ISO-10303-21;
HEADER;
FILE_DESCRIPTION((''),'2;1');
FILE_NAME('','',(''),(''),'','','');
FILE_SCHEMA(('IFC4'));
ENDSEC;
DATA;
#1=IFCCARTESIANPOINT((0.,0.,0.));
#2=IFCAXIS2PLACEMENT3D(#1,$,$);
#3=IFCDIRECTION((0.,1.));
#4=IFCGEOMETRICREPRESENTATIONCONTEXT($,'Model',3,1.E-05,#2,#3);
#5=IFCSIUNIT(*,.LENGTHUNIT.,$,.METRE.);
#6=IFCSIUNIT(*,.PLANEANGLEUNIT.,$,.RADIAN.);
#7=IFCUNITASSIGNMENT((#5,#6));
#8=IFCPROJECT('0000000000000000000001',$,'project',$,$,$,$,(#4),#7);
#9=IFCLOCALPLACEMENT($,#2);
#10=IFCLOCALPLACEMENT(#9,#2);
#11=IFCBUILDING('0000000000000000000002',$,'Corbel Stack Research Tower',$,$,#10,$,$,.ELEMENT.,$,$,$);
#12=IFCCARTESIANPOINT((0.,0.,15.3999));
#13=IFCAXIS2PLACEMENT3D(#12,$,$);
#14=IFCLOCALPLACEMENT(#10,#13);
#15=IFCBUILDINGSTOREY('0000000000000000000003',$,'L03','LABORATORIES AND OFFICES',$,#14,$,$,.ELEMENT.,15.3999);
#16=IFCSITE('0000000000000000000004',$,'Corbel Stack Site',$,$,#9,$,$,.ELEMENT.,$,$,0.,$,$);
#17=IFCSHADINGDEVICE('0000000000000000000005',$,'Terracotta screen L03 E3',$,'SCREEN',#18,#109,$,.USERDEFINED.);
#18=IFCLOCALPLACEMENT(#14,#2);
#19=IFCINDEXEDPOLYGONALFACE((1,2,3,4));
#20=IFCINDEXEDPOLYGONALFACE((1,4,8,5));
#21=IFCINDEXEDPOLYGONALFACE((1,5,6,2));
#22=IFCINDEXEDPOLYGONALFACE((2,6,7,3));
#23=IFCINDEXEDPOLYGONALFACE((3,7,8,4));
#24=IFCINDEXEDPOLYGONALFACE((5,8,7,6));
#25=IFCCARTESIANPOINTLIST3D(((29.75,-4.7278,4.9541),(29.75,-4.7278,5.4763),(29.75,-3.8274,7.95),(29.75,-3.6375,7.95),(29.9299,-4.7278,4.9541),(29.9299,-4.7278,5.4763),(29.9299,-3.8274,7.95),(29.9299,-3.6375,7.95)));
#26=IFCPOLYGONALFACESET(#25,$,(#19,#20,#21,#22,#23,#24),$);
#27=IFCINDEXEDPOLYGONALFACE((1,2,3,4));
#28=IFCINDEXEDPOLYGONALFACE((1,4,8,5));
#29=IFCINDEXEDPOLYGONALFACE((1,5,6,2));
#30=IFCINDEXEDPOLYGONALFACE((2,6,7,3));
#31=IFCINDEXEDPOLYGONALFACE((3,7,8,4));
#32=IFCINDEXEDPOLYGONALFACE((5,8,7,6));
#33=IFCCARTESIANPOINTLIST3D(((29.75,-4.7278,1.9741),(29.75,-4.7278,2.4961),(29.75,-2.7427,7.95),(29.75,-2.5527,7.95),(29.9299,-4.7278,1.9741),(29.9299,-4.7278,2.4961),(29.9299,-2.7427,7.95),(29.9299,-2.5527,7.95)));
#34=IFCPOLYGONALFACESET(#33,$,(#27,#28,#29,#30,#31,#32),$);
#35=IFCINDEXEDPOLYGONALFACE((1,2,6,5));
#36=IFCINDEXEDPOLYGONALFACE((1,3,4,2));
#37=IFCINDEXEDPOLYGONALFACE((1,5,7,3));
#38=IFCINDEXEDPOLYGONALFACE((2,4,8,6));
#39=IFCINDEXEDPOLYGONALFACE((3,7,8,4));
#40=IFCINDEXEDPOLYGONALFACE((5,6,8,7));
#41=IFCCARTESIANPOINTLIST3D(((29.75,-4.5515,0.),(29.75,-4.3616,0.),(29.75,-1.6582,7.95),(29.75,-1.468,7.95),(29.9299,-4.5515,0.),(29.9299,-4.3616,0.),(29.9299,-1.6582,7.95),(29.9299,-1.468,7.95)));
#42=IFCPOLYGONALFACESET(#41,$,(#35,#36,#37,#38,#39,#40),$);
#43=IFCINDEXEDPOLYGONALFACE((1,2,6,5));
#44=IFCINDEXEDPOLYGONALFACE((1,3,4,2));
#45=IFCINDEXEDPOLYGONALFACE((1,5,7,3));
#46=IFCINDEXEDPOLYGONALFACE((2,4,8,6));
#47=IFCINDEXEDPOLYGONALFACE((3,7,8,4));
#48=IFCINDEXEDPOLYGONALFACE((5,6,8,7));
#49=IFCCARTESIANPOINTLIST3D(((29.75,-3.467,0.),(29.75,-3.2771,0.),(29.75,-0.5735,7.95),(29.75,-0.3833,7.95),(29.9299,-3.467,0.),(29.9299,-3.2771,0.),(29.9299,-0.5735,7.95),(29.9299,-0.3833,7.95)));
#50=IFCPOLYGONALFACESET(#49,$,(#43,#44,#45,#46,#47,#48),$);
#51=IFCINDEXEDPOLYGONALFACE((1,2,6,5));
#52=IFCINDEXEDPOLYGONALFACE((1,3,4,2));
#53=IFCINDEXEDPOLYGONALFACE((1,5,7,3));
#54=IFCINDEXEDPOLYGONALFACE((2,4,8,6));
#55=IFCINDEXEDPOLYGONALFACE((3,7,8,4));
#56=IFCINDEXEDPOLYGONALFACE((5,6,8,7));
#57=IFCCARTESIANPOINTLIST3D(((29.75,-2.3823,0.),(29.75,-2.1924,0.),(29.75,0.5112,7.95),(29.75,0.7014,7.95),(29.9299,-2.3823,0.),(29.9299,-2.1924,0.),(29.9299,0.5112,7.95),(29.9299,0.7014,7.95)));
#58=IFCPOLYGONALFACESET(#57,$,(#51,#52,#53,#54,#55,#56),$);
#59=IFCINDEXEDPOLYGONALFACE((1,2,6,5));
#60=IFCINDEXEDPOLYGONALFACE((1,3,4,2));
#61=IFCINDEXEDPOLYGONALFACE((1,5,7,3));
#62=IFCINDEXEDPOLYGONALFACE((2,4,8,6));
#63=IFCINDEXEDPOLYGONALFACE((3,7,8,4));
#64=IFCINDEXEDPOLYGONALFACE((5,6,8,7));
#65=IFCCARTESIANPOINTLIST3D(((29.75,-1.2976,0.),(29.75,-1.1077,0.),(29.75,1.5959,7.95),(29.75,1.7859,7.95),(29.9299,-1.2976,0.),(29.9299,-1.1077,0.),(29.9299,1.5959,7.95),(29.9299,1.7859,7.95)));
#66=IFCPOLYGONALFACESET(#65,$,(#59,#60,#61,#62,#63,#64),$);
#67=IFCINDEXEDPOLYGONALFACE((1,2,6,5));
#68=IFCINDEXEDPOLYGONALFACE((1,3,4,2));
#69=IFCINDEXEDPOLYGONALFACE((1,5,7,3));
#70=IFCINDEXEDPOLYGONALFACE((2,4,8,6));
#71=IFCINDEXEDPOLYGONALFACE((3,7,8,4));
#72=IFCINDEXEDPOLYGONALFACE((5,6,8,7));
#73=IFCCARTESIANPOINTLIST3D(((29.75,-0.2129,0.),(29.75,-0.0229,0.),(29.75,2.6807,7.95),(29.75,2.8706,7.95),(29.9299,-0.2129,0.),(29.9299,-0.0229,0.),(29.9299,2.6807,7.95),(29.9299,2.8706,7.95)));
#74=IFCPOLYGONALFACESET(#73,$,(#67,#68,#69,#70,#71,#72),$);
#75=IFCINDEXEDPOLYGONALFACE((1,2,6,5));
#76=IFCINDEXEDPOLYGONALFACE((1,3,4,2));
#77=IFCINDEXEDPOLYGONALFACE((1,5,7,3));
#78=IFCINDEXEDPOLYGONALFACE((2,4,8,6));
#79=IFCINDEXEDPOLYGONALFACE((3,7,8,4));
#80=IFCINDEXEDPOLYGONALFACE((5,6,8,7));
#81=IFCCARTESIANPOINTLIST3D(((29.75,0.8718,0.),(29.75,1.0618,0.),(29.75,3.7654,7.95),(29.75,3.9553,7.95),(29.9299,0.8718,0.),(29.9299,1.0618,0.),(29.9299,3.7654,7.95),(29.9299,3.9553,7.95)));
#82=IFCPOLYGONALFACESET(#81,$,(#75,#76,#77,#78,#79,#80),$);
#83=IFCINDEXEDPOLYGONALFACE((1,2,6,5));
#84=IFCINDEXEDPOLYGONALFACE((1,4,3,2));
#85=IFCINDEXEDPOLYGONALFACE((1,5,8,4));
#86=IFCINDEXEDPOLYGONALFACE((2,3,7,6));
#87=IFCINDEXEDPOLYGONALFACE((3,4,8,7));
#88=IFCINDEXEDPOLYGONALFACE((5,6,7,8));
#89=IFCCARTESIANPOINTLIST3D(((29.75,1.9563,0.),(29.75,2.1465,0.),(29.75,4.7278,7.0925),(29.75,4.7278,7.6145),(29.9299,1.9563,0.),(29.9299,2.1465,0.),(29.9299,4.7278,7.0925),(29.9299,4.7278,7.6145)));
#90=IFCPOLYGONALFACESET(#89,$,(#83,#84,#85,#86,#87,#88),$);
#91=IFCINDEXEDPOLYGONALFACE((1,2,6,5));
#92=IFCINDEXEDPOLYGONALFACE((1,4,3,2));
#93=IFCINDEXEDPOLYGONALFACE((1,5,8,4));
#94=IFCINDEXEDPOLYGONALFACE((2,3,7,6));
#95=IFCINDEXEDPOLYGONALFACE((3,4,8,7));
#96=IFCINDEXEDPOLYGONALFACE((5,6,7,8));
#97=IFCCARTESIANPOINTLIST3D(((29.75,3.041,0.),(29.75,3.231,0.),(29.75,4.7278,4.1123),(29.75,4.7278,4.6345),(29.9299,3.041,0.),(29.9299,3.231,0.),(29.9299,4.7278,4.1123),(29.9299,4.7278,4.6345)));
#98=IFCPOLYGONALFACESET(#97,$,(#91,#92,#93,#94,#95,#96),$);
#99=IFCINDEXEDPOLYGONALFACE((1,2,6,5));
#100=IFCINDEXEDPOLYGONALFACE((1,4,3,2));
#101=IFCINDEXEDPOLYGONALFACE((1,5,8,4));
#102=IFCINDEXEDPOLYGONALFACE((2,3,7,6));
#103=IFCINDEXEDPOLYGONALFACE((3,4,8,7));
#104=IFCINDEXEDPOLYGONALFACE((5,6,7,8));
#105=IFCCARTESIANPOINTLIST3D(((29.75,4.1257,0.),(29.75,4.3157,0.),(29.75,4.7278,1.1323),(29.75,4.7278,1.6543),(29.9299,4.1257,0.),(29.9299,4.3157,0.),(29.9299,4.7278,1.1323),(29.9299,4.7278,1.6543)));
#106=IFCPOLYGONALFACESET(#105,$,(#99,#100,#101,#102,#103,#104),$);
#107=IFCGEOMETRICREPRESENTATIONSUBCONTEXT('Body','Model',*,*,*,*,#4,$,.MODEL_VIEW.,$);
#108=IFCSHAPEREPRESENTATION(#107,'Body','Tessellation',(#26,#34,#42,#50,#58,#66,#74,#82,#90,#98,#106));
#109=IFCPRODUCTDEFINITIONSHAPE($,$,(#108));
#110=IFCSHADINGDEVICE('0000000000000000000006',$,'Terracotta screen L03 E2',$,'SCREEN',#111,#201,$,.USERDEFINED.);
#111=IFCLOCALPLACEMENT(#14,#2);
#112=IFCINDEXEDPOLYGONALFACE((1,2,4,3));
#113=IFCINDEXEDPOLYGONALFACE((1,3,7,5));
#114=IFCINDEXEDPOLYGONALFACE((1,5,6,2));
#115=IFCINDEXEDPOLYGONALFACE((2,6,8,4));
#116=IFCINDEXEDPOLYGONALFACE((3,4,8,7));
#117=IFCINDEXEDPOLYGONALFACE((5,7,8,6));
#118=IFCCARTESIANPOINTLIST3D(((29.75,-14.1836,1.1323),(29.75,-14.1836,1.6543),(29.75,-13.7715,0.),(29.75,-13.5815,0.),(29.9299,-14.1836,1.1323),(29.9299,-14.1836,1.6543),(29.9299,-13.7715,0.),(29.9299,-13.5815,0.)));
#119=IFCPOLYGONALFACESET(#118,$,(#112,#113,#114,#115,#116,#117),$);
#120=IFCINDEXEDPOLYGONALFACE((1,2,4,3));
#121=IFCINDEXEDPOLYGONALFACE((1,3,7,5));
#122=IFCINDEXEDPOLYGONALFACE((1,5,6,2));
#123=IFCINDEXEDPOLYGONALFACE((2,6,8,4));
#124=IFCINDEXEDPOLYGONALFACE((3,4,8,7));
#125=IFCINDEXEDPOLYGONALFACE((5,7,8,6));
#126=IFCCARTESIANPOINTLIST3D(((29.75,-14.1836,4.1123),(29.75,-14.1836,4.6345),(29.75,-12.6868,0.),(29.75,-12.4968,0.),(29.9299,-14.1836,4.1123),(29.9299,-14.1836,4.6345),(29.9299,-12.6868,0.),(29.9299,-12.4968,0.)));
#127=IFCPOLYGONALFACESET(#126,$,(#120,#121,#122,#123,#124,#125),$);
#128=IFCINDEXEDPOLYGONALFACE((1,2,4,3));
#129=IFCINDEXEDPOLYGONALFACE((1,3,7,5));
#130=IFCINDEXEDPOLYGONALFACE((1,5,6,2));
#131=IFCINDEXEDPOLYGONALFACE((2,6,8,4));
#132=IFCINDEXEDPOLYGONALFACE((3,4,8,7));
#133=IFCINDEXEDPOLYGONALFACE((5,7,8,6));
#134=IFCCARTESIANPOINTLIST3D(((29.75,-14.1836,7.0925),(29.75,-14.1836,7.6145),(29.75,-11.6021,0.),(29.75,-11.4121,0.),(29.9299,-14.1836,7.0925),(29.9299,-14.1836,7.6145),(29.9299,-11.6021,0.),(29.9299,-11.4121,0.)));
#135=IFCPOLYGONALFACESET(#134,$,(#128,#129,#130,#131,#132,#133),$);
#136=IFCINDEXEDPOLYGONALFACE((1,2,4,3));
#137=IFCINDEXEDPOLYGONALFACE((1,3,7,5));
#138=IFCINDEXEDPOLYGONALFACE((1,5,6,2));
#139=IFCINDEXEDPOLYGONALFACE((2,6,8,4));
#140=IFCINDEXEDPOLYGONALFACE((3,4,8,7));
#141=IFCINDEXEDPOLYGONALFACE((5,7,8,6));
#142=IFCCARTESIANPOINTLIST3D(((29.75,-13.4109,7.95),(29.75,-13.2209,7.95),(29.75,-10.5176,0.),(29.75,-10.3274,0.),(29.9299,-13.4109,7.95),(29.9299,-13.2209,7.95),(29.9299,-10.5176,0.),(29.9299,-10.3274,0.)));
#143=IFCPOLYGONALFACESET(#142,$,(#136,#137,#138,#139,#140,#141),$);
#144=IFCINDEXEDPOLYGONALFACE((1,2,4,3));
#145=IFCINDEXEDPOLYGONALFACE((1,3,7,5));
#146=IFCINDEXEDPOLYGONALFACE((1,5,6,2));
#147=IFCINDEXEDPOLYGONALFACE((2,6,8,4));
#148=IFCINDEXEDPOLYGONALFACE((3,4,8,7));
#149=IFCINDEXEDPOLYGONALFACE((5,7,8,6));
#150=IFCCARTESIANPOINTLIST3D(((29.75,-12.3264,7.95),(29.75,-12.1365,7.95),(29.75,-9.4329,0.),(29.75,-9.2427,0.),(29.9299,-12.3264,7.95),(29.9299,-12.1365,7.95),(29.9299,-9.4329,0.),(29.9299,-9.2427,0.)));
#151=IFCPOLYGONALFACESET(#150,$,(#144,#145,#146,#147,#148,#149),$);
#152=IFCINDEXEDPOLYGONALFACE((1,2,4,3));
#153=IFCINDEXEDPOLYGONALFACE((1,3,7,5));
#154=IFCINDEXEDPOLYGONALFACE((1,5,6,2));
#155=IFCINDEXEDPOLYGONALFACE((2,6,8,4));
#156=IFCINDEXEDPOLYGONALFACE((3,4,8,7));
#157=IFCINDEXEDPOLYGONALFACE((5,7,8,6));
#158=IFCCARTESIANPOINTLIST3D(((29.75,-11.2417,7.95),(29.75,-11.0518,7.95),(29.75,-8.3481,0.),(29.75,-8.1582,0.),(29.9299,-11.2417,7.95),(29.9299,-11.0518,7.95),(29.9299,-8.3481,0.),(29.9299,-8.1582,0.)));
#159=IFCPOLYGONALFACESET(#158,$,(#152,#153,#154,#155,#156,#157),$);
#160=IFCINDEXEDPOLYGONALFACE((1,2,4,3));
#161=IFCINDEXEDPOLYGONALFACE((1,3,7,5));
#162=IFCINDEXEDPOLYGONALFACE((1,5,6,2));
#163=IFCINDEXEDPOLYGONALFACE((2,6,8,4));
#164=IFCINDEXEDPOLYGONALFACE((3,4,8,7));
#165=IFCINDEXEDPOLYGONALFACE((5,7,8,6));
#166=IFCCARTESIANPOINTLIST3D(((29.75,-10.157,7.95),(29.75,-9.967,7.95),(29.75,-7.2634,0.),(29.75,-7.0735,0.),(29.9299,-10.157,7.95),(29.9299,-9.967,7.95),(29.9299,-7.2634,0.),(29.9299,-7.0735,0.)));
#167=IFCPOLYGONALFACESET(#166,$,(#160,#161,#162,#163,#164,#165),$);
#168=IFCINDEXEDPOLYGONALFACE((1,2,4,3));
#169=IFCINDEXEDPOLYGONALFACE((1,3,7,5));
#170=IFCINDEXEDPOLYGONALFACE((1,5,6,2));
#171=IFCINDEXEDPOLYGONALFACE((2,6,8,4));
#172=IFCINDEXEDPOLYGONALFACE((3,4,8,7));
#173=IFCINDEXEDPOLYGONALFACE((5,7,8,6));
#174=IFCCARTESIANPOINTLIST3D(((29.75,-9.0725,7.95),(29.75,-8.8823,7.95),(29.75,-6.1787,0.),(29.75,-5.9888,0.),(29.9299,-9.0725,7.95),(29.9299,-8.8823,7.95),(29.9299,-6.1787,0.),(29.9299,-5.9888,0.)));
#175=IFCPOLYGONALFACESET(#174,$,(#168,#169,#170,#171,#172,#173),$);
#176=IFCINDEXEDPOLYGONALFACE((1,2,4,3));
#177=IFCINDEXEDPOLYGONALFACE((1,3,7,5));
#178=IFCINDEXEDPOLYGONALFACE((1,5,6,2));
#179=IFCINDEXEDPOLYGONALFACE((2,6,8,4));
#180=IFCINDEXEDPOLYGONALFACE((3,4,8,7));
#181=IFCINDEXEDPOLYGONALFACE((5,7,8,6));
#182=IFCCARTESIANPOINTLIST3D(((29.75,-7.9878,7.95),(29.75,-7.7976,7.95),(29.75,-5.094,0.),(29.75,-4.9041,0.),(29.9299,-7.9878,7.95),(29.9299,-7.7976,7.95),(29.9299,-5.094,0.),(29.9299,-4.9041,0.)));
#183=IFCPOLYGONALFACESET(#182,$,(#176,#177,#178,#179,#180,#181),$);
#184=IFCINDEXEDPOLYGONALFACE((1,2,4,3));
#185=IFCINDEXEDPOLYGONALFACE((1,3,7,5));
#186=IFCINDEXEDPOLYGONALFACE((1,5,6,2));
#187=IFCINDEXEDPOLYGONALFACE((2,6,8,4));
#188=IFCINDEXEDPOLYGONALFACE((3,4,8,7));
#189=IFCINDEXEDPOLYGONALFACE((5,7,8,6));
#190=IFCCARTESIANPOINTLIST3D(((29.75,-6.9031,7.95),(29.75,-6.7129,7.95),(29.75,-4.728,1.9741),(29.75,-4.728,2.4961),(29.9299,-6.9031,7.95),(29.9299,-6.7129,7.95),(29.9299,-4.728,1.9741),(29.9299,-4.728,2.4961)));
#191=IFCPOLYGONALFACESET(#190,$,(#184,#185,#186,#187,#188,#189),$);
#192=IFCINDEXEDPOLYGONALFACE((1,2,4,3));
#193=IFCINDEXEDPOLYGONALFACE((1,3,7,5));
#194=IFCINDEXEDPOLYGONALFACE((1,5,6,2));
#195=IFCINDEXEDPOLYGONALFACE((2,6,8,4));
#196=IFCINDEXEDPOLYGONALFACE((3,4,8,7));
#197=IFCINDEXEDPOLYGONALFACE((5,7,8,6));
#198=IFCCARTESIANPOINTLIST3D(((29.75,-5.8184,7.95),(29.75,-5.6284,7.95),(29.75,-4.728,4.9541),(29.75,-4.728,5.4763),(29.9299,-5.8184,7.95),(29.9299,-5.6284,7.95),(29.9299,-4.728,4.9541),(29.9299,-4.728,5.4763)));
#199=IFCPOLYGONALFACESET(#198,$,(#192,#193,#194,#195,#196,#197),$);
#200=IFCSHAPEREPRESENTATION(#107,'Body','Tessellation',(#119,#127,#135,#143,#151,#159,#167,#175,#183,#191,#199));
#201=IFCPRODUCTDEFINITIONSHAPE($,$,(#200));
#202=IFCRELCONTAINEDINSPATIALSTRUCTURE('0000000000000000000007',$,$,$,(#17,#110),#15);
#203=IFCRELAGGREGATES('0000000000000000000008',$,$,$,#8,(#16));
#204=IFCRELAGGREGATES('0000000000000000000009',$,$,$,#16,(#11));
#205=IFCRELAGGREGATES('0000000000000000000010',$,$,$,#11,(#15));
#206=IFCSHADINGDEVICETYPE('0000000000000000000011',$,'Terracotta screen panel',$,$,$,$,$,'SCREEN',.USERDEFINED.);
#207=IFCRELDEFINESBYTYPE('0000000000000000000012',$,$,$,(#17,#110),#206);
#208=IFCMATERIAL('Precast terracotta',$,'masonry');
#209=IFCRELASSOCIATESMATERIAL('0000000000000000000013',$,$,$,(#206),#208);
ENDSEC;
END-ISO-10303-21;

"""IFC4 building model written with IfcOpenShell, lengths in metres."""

from ifc_helpers import new_model, si_unit, direction, frame, origin, place, context, subcontext, project, spatial, polyline, outline, extrude, source, transform, mapped, material, type_object, element, save


model = new_model("IFC4")

# Units and contexts
model_context = context("Model", 3, precision=1e-05, world=origin(), true_north=direction((0.0, 1.0)))
body_context = subcontext(model_context, "Body", "Model", "MODEL_VIEW")
ifc_project = project(units=[si_unit("LENGTHUNIT", "METRE"), si_unit("PLANEANGLEUNIT", "RADIAN")], contexts=[model_context])

# Site, building, storey
site_placement = place(None, origin())
site = spatial("IfcSite", under=ifc_project, at=site_placement, Name="Corbel Stack Site", CompositionType="ELEMENT", RefElevation=0.0)
building_placement = place(site_placement, origin())
building = spatial("IfcBuilding", under=site, at=building_placement, Name="Corbel Stack Research Tower", CompositionType="ELEMENT")
storey_placement = place(building_placement, frame((0.0, 0.0, 15.3999)))
storey = spatial("IfcBuildingStorey", under=building, at=storey_placement, Name="L03", Description="LABORATORIES AND OFFICES", CompositionType="ELEMENT", Elevation=15.3999)

# Shading devices
ifc_material_1 = material(Name="Precast terracotta", Category="masonry")
shading_device_type = type_object("IfcShadingDeviceType", Name="Terracotta screen panel", ElementType="SCREEN", PredefinedType="USERDEFINED", material=ifc_material_1)
shared_shape_1 = source(origin(), body_context, "Body", "SweptSolid", [
    extrude(outline(polyline([(1.0903, 7.95), (0.9004, 7.95), (0.0, 5.4763), (0.0, 4.9541), (1.0903, 7.95)])), frame((0.0, 0.0, 0.0), z_axis=(0.0, -1.0, 0.0), x_axis=(1.0, 0.0, 0.0)), (0.0, 0.0, 1.0), 0.1799),
    extrude(outline(polyline([(2.175, 7.95), (1.9851, 7.95), (0.0, 2.4961), (0.0, 1.9741), (2.175, 7.95)])), frame((0.0, 0.0, 0.0), z_axis=(0.0, -1.0, 0.0), x_axis=(1.0, 0.0, 0.0)), (0.0, 0.0, 1.0), 0.1799),
    extrude(outline(polyline([(0.3662, 0.0), (3.2598, 7.95), (3.0696, 7.95), (0.1763, 0.0), (0.3662, 0.0)])), frame((0.0, 0.0, 0.0), z_axis=(0.0, -1.0, 0.0), x_axis=(1.0, 0.0, 0.0)), (0.0, 0.0, 1.0), 0.1799),
    extrude(outline(polyline([(1.4507, 0.0), (4.3445, 7.95), (4.1543, 7.95), (1.2607, 0.0), (1.4507, 0.0)])), frame((0.0, 0.0, 0.0), z_axis=(0.0, -1.0, 0.0), x_axis=(1.0, 0.0, 0.0)), (0.0, 0.0, 1.0), 0.1799),
    extrude(outline(polyline([(2.5354, 0.0), (5.4292, 7.95), (5.239, 7.95), (2.3455, 0.0), (2.5354, 0.0)])), frame((0.0, 0.0, 0.0), z_axis=(0.0, -1.0, 0.0), x_axis=(1.0, 0.0, 0.0)), (0.0, 0.0, 1.0), 0.1799),
    extrude(outline(polyline([(3.6201, 0.0), (6.5137, 7.95), (6.3237, 7.95), (3.4302, 0.0), (3.6201, 0.0)])), frame((0.0, 0.0, 0.0), z_axis=(0.0, -1.0, 0.0), x_axis=(1.0, 0.0, 0.0)), (0.0, 0.0, 1.0), 0.1799),
    extrude(outline(polyline([(4.7048, 0.0), (7.5984, 7.95), (7.4084, 7.95), (4.5149, 0.0), (4.7048, 0.0)])), frame((0.0, 0.0, 0.0), z_axis=(0.0, -1.0, 0.0), x_axis=(1.0, 0.0, 0.0)), (0.0, 0.0, 1.0), 0.1799),
    extrude(outline(polyline([(5.7896, 0.0), (8.6831, 7.95), (8.4932, 7.95), (5.5996, 0.0), (5.7896, 0.0)])), frame((0.0, 0.0, 0.0), z_axis=(0.0, -1.0, 0.0), x_axis=(1.0, 0.0, 0.0)), (0.0, 0.0, 1.0), 0.1799),
    extrude(outline(polyline([(6.8743, 0.0), (9.4556, 7.0925), (9.4556, 7.6145), (6.6841, 0.0), (6.8743, 0.0)])), frame((0.0, 0.0, 0.0), z_axis=(0.0, -1.0, 0.0), x_axis=(1.0, 0.0, 0.0)), (0.0, 0.0, 1.0), 0.1799),
    extrude(outline(polyline([(7.9587, 0.0), (9.4556, 4.1123), (9.4556, 4.6345), (7.7688, 0.0), (7.9587, 0.0)])), frame((0.0, 0.0, 0.0), z_axis=(0.0, -1.0, 0.0), x_axis=(1.0, 0.0, 0.0)), (0.0, 0.0, 1.0), 0.1799),
    extrude(outline(polyline([(9.0435, 0.0), (9.4556, 1.1323), (9.4556, 1.6543), (8.8535, 0.0), (9.0435, 0.0)])), frame((0.0, 0.0, 0.0), z_axis=(0.0, -1.0, 0.0), x_axis=(1.0, 0.0, 0.0)), (0.0, 0.0, 1.0), 0.1799),
])
shading_device_1_placement = place(storey_placement, frame((29.75, -4.7278, 0.0), z_axis=(0.0, 0.0, 1.0), x_axis=(0.0, 1.0, 0.0)))
element("IfcShadingDevice", 1, at=shading_device_1_placement, inside=storey, type_object=shading_device_type, Name="Terracotta screen L03 E3", ObjectType="SCREEN", PredefinedType="USERDEFINED", context=body_context, shape_type="MappedRepresentation", body=[
    mapped(shared_shape_1, transform((0.0, 0.0, 0.0))),
])
shared_shape_2 = source(origin(), body_context, "Body", "SweptSolid", [
    extrude(outline(polyline([(0.6021, 0.0), (0.0, 1.6543), (0.0, 1.1323), (0.4121, 0.0), (0.6021, 0.0)])), frame((0.0, 0.0, 0.0), z_axis=(0.0, -1.0, 0.0), x_axis=(1.0, 0.0, 0.0)), (0.0, 0.0, 1.0), 0.1799),
    extrude(outline(polyline([(1.6868, 0.0), (0.0, 4.6345), (0.0, 4.1123), (1.4968, 0.0), (1.6868, 0.0)])), frame((0.0, 0.0, 0.0), z_axis=(0.0, -1.0, 0.0), x_axis=(1.0, 0.0, 0.0)), (0.0, 0.0, 1.0), 0.1799),
    extrude(outline(polyline([(2.7715, 0.0), (0.0, 7.6145), (0.0, 7.0925), (2.5815, 0.0), (2.7715, 0.0)])), frame((0.0, 0.0, 0.0), z_axis=(0.0, -1.0, 0.0), x_axis=(1.0, 0.0, 0.0)), (0.0, 0.0, 1.0), 0.1799),
    extrude(outline(polyline([(3.8562, 0.0), (0.9626, 7.95), (0.7727, 7.95), (3.666, 0.0), (3.8562, 0.0)])), frame((0.0, 0.0, 0.0), z_axis=(0.0, -1.0, 0.0), x_axis=(1.0, 0.0, 0.0)), (0.0, 0.0, 1.0), 0.1799),
    extrude(outline(polyline([(4.9409, 0.0), (2.0471, 7.95), (1.8572, 7.95), (4.7507, 0.0), (4.9409, 0.0)])), frame((0.0, 0.0, 0.0), z_axis=(0.0, -1.0, 0.0), x_axis=(1.0, 0.0, 0.0)), (0.0, 0.0, 1.0), 0.1799),
    extrude(outline(polyline([(6.0254, 0.0), (3.1318, 7.95), (2.9419, 7.95), (5.8354, 0.0), (6.0254, 0.0)])), frame((0.0, 0.0, 0.0), z_axis=(0.0, -1.0, 0.0), x_axis=(1.0, 0.0, 0.0)), (0.0, 0.0, 1.0), 0.1799),
    extrude(outline(polyline([(7.1101, 0.0), (4.2166, 7.95), (4.0266, 7.95), (6.9202, 0.0), (7.1101, 0.0)])), frame((0.0, 0.0, 0.0), z_axis=(0.0, -1.0, 0.0), x_axis=(1.0, 0.0, 0.0)), (0.0, 0.0, 1.0), 0.1799),
    extrude(outline(polyline([(8.1948, 0.0), (5.3013, 7.95), (5.1111, 7.95), (8.0049, 0.0), (8.1948, 0.0)])), frame((0.0, 0.0, 0.0), z_axis=(0.0, -1.0, 0.0), x_axis=(1.0, 0.0, 0.0)), (0.0, 0.0, 1.0), 0.1799),
    extrude(outline(polyline([(9.2795, 0.0), (6.386, 7.95), (6.1958, 7.95), (9.0896, 0.0), (9.2795, 0.0)])), frame((0.0, 0.0, 0.0), z_axis=(0.0, -1.0, 0.0), x_axis=(1.0, 0.0, 0.0)), (0.0, 0.0, 1.0), 0.1799),
    extrude(outline(polyline([(7.4707, 7.95), (7.2805, 7.95), (9.4556, 1.9741), (9.4556, 2.4961), (7.4707, 7.95)])), frame((0.0, 0.0, 0.0), z_axis=(0.0, -1.0, 0.0), x_axis=(1.0, 0.0, 0.0)), (0.0, 0.0, 1.0), 0.1799),
    extrude(outline(polyline([(8.5552, 7.95), (8.3652, 7.95), (9.4556, 4.9541), (9.4556, 5.4763), (8.5552, 7.95)])), frame((0.0, 0.0, 0.0), z_axis=(0.0, -1.0, 0.0), x_axis=(1.0, 0.0, 0.0)), (0.0, 0.0, 1.0), 0.1799),
])
shading_device_2_placement = place(storey_placement, frame((29.75, -14.1836, 0.0), z_axis=(0.0, 0.0, 1.0), x_axis=(0.0, 1.0, 0.0)))
element("IfcShadingDevice", 2, at=shading_device_2_placement, inside=storey, type_object=shading_device_type, Name="Terracotta screen L03 E2", ObjectType="SCREEN", PredefinedType="USERDEFINED", context=body_context, shape_type="MappedRepresentation", body=[
    mapped(shared_shape_2, transform((0.0, 0.0, 0.0))),
])

save(model, "model.ifc")
